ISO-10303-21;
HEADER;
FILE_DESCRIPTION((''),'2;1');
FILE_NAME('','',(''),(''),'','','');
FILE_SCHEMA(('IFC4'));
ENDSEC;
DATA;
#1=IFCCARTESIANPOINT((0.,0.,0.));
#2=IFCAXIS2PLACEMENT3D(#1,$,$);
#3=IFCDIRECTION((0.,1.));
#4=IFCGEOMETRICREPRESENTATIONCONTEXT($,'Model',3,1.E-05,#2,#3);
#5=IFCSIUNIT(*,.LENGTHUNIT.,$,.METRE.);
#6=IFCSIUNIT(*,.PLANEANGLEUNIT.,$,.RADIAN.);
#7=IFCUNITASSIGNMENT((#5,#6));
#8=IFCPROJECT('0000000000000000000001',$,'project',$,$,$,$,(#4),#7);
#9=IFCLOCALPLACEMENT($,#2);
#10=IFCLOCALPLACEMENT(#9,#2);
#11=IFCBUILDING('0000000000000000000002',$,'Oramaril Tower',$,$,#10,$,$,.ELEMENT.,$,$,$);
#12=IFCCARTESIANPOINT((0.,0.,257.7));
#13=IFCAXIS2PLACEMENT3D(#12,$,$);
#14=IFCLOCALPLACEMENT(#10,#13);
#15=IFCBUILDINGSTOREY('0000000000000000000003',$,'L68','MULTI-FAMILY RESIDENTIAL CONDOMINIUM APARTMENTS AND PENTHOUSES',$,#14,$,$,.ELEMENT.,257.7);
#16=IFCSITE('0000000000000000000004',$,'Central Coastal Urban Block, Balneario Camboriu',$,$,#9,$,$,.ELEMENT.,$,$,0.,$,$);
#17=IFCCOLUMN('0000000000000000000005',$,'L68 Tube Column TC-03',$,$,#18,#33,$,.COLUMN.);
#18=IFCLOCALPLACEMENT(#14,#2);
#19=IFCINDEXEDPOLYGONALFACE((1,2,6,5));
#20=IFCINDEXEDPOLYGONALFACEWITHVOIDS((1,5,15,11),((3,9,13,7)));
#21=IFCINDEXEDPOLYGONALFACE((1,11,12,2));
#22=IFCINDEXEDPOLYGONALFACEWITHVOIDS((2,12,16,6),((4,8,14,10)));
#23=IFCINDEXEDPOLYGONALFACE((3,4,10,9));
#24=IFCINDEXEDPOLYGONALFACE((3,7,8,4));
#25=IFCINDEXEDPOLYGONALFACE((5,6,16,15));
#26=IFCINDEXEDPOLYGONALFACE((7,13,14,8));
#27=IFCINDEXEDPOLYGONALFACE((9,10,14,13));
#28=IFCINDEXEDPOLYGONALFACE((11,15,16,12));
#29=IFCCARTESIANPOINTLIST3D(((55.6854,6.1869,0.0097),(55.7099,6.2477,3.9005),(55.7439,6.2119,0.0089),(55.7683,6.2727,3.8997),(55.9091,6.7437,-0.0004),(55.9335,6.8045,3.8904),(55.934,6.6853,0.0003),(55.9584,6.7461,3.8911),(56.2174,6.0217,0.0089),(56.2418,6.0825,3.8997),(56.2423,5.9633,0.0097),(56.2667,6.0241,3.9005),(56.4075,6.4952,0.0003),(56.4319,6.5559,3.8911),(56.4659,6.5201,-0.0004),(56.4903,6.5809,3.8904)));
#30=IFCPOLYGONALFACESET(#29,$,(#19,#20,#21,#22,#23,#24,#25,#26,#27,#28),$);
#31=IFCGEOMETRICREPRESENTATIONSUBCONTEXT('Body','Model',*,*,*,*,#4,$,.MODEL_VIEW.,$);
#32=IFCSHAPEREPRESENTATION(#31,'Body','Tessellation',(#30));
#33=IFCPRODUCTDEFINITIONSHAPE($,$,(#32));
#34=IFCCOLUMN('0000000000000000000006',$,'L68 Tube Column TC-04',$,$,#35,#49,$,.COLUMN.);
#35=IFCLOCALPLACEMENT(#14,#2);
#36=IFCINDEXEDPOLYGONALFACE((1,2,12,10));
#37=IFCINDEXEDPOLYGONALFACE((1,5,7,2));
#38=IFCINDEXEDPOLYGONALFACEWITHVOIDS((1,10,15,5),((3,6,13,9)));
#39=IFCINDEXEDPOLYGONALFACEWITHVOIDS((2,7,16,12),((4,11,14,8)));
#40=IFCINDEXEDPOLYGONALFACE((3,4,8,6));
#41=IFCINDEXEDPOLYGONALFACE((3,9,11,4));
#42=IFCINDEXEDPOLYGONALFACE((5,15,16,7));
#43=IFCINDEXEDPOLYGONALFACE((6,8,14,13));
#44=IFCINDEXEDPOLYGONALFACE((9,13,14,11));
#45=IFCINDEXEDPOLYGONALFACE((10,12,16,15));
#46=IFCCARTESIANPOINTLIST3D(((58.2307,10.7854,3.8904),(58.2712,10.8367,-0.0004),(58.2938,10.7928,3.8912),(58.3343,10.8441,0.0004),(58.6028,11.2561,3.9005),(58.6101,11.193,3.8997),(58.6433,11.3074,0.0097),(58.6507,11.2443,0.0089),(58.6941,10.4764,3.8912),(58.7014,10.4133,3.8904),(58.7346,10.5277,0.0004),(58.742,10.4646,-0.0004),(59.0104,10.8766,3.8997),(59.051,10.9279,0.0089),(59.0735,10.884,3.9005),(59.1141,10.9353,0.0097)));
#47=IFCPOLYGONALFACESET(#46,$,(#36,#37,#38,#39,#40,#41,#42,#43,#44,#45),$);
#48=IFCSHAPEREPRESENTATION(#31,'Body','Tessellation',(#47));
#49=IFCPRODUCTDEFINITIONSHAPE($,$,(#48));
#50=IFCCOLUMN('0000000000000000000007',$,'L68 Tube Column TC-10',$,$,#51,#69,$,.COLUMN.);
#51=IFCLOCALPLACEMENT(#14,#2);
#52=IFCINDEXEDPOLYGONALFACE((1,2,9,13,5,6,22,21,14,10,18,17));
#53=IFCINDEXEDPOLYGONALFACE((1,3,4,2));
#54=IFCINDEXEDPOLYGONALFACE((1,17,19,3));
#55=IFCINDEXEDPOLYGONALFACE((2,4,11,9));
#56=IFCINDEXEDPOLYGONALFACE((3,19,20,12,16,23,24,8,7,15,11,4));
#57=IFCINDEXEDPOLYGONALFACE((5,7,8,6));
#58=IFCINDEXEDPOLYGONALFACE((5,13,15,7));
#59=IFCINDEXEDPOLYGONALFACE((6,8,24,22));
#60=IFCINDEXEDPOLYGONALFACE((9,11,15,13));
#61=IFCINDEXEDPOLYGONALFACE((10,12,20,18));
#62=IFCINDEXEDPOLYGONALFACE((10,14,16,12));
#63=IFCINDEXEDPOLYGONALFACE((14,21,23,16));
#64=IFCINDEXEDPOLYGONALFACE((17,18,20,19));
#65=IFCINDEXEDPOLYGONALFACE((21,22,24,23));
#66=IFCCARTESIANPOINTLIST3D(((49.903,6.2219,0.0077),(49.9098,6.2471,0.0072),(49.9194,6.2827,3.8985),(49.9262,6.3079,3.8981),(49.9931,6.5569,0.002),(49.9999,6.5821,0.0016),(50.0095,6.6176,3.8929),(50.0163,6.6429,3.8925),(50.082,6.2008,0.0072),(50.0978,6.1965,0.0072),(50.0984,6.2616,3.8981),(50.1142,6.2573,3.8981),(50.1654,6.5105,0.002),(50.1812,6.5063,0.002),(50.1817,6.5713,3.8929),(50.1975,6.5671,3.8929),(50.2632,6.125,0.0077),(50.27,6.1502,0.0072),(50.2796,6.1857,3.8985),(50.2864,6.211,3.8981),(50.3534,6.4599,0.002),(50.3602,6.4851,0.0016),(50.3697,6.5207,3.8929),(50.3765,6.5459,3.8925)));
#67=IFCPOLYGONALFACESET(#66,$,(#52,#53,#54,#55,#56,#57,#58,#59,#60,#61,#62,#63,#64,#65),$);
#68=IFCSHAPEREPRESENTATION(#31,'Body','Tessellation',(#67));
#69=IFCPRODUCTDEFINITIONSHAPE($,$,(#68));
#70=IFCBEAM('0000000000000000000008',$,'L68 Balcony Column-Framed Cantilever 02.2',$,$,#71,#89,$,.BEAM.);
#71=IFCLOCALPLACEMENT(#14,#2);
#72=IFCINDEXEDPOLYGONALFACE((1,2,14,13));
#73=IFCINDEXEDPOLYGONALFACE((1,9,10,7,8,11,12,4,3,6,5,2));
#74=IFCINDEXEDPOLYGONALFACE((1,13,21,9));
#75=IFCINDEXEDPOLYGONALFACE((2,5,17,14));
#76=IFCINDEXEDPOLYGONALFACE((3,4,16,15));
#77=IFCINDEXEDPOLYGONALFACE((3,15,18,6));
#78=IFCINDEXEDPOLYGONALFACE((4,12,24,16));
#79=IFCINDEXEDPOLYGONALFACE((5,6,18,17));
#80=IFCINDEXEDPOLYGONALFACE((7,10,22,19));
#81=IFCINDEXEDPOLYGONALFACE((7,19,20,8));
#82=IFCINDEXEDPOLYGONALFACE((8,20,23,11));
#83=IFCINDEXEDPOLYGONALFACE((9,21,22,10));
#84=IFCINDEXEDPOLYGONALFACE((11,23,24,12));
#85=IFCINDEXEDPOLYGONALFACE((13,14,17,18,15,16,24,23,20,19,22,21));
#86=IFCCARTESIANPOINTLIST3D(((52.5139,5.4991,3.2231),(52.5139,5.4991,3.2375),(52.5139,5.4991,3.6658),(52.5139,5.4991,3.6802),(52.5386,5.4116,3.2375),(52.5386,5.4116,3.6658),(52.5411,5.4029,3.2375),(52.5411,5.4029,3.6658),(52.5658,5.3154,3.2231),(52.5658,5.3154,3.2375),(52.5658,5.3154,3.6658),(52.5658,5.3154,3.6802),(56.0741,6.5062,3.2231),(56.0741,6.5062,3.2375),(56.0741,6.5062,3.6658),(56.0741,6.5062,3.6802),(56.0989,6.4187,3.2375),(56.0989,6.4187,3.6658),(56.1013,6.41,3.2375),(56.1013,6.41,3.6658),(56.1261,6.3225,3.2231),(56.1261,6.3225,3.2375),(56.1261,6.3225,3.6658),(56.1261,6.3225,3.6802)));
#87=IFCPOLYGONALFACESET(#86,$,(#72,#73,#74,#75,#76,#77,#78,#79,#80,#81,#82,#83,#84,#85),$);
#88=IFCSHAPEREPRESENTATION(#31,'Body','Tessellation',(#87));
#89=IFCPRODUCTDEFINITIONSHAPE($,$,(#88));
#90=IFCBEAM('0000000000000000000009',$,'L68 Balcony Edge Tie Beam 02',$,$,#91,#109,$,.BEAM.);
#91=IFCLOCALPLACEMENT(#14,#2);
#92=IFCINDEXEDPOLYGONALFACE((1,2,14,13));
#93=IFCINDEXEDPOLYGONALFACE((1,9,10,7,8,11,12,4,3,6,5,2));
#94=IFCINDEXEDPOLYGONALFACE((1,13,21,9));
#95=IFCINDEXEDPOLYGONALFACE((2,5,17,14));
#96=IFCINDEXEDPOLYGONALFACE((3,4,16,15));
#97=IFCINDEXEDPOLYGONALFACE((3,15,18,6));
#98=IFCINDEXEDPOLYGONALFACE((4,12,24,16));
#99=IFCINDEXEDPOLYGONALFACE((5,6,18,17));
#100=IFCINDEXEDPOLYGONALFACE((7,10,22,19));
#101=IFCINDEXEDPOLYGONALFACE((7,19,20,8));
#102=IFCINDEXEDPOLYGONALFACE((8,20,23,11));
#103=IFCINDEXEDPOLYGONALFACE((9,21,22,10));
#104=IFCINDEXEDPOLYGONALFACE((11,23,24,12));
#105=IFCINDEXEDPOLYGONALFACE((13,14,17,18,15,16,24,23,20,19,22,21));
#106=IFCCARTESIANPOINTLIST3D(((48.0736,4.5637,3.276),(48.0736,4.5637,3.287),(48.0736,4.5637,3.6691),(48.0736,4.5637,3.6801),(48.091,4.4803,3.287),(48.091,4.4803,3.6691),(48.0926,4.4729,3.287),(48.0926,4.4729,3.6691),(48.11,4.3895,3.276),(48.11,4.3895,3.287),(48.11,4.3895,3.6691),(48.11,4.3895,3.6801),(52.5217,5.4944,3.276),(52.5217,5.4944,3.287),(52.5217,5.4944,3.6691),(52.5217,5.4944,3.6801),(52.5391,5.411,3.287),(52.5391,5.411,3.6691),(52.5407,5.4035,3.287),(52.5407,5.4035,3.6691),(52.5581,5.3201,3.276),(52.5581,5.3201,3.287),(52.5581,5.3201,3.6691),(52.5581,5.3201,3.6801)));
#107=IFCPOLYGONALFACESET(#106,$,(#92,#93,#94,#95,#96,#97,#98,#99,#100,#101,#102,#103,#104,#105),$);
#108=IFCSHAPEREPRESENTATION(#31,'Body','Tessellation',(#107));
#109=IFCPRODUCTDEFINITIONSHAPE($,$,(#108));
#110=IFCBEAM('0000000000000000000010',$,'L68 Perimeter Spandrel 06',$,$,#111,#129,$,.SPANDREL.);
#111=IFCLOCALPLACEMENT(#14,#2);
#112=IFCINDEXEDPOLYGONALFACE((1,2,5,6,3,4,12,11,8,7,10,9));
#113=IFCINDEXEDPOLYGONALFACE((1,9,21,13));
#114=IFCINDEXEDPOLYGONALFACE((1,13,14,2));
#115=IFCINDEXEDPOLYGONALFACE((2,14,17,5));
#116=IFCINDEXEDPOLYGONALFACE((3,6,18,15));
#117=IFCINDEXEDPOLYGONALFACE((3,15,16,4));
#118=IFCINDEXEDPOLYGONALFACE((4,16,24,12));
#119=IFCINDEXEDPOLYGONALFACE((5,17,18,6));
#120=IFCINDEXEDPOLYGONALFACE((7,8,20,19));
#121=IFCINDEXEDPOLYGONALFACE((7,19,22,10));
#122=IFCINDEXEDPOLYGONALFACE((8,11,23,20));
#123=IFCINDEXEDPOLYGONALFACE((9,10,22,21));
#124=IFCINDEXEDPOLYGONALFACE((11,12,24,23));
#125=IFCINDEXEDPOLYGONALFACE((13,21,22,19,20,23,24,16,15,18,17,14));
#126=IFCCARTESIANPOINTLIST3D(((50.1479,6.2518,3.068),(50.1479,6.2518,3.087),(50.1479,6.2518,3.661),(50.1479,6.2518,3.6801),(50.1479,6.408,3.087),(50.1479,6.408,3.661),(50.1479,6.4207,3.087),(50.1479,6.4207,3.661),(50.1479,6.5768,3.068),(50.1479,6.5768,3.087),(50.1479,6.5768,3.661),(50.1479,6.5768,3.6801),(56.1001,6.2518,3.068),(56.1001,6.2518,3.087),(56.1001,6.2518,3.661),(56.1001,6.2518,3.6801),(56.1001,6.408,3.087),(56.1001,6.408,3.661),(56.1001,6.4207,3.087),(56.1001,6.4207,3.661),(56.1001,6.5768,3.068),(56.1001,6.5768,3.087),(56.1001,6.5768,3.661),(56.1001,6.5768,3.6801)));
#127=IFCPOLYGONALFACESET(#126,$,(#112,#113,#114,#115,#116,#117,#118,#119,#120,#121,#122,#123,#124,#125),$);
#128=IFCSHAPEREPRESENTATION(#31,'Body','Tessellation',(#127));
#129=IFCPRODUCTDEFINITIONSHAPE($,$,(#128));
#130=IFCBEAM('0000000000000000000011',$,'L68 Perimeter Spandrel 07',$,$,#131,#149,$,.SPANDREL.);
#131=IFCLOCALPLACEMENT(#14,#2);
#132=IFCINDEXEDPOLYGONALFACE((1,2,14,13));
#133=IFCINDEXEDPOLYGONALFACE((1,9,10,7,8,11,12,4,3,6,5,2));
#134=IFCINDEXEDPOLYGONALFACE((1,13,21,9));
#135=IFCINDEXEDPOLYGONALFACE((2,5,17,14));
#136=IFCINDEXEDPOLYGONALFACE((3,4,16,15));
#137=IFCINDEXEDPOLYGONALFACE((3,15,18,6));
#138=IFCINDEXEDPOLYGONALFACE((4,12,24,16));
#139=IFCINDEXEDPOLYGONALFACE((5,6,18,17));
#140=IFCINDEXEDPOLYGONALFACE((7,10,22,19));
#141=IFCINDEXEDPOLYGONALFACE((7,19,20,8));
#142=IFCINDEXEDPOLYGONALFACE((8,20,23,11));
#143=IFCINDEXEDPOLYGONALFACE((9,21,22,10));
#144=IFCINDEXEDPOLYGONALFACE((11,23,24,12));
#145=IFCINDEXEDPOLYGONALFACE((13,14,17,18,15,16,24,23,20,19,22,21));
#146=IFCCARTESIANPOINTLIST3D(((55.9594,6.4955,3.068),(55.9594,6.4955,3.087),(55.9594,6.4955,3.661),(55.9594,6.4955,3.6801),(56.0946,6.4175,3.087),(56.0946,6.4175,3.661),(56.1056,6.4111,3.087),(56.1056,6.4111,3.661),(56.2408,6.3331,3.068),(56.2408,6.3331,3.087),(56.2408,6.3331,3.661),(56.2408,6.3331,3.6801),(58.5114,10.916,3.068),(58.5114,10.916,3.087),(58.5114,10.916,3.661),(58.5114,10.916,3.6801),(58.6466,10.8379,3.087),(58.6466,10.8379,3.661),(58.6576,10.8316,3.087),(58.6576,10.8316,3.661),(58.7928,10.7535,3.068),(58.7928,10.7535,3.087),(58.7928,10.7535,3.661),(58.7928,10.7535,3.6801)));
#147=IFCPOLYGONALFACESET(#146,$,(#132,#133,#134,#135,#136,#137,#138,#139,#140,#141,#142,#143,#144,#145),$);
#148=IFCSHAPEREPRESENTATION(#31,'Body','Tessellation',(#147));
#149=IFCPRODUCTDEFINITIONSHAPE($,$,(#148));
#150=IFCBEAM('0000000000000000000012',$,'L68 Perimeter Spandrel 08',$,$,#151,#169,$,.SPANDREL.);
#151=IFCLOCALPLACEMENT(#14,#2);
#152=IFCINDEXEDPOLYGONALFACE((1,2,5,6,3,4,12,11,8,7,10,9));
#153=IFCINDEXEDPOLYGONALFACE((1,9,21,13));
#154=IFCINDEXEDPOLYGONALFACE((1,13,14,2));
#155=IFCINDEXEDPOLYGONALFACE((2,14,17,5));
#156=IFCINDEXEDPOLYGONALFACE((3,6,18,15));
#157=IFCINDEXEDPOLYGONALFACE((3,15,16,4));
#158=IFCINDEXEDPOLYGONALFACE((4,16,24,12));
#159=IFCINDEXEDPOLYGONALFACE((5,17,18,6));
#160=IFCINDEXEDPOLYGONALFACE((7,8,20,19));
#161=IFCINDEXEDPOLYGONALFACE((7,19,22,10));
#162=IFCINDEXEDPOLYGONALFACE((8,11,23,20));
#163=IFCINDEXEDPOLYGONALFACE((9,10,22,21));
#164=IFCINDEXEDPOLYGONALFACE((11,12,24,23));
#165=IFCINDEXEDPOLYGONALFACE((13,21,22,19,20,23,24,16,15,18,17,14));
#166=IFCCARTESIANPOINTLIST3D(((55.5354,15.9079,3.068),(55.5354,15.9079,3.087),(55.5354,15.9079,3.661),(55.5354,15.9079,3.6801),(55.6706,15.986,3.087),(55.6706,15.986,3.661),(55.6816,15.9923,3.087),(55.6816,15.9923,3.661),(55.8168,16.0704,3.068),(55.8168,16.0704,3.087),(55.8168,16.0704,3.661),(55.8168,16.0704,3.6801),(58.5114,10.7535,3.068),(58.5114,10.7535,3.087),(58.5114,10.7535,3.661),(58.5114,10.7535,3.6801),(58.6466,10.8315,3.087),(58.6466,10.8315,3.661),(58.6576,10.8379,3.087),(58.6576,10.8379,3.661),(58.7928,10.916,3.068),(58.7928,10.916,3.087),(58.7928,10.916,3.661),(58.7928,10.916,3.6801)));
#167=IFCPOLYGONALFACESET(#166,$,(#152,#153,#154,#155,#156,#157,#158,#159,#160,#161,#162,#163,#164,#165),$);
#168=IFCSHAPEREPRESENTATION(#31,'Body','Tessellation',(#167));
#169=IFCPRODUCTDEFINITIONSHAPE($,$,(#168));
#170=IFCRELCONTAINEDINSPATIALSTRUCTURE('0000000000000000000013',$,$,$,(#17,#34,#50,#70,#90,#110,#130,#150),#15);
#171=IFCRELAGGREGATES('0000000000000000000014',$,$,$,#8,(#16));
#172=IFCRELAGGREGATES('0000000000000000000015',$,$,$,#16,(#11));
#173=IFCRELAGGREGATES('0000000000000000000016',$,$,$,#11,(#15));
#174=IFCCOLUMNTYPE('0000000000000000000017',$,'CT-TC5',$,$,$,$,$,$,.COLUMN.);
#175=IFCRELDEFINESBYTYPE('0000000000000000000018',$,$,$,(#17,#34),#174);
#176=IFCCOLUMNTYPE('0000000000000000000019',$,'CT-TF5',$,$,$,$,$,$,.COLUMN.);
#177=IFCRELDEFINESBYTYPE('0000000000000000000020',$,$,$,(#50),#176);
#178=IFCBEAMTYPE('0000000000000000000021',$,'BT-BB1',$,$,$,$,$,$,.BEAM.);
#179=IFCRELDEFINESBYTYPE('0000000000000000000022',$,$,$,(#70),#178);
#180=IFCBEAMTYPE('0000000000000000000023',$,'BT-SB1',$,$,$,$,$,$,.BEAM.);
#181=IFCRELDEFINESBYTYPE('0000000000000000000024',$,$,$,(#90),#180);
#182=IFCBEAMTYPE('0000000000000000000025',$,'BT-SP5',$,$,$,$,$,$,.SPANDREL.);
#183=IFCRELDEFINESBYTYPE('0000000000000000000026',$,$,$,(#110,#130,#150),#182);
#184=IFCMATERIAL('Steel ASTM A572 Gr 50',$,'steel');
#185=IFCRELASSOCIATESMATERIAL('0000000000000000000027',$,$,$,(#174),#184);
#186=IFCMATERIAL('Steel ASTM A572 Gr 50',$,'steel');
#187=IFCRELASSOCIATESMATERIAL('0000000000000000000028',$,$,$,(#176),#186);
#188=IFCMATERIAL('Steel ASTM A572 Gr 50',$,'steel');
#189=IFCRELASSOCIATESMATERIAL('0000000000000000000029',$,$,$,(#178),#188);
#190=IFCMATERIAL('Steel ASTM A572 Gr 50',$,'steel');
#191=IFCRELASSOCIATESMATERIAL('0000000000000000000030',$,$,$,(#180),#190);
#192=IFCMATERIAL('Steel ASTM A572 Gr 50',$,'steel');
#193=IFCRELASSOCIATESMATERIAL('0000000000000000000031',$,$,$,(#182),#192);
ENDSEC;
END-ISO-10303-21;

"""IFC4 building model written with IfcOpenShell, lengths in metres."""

from ifc_helpers import new_model, si_unit, direction, frame, origin, origin_2d, place, context, subcontext, project, spatial, hollow_rectangle, i_section, extrude, material, material_profile, profile_set, type_object, element, save


model = new_model("IFC4")

# Units and contexts
model_context = context("Model", 3, precision=1e-05, world=origin(), true_north=direction((0.0, 1.0)))
body_context = subcontext(model_context, "Body", "Model", "MODEL_VIEW")
ifc_project = project(units=[si_unit("LENGTHUNIT", "METRE"), si_unit("PLANEANGLEUNIT", "RADIAN")], contexts=[model_context])

# Site, building, storey
site_placement = place(None, origin())
site = spatial("IfcSite", under=ifc_project, at=site_placement, Name="Central Coastal Urban Block, Balneario Camboriu", CompositionType="ELEMENT", RefElevation=0.0)
building_placement = place(site_placement, origin())
building = spatial("IfcBuilding", under=site, at=building_placement, Name="Oramaril Tower", CompositionType="ELEMENT")
storey_placement = place(building_placement, frame((0.0, 0.0, 257.7)))
storey = spatial("IfcBuildingStorey", under=building, at=storey_placement, Name="L68", Description="MULTI-FAMILY RESIDENTIAL CONDOMINIUM APARTMENTS AND PENTHOUSES", CompositionType="ELEMENT", Elevation=257.7)

# Columns
ifc_material_1 = material(Name="Steel ASTM A572 Gr 50", Category="steel")
ifc_material_profile_1 = material_profile(ifc_material_1, hollow_rectangle(XDim=0.6001, YDim=0.6001, WallThickness=0.0449, at=origin_2d()), Name="BOX600X600X45")
ifc_profile_set_1 = profile_set([ifc_material_profile_1], Name="Steel ASTM A572 Gr 50")
column_type_1 = type_object("IfcColumnType", Name="CT-TC5", PredefinedType="COLUMN", material=ifc_profile_set_1)
for number, where, z_axis, x_axis, name in (
    (1, (56.0757, 6.3535, 0.0046), (0.006274, 0.015622, 0.999858), (-0.927962, 0.372675, 0.0), "L68 Tube Column TC-03"),
    (2, (58.6926, 10.886, 0.0046), (-0.010415, -0.013175, 0.999859), (0.7845, -0.620129, 0.0), "L68 Tube Column TC-04"),
):
    element("IfcColumn", number, at=place(storey_placement, frame(where, z_axis=z_axis, x_axis=x_axis)), inside=storey, type_object=column_type_1, Name=name, PredefinedType="COLUMN", context=body_context, shape_type="SweptSolid", body=[
        extrude(hollow_rectangle(XDim=0.6001, YDim=0.6001, WallThickness=0.0449, at=origin_2d()), origin(), (0.0, 0.0, 1.0), 3.8914),
    ])
ifc_material_2 = material(Name="Steel ASTM A572 Gr 50", Category="steel")
ifc_material_profile_2 = material_profile(ifc_material_2, i_section(OverallWidth=0.373, OverallDepth=0.373, WebThickness=0.0164, FlangeThickness=0.0261, at=origin_2d()), Name="W14X132")
ifc_profile_set_2 = profile_set([ifc_material_profile_2], Name="Steel ASTM A572 Gr 50")
column_type_2 = type_object("IfcColumnType", Name="CT-TF5", PredefinedType="COLUMN", material=ifc_profile_set_2)
column_placement = place(storey_placement, frame((50.1316, 6.3535, 0.0046), z_axis=(0.004204, 0.015622, 0.999869), x_axis=(-0.965653, 0.259834, 0.0)))
element("IfcColumn", 3, at=column_placement, inside=storey, type_object=column_type_2, Name="L68 Tube Column TC-10", PredefinedType="COLUMN", context=body_context, shape_type="SweptSolid", body=[
    extrude(i_section(OverallWidth=0.373, OverallDepth=0.373, WebThickness=0.0164, FlangeThickness=0.0261, at=origin_2d()), origin(), (0.0, 0.0, 1.0), 3.8914),
])

# Beams
ifc_material_3 = material(Name="Steel ASTM A572 Gr 50", Category="steel")
ifc_material_profile_3 = material_profile(ifc_material_3, i_section(OverallWidth=0.1909, OverallDepth=0.457, WebThickness=0.009, FlangeThickness=0.0144, at=origin_2d()), Name="W18X50")
ifc_profile_set_3 = profile_set([ifc_material_profile_3], Name="Steel ASTM A572 Gr 50")
beam_type_1 = type_object("IfcBeamType", Name="BT-BB1", PredefinedType="BEAM", material=ifc_profile_set_3)
beam_1_placement = place(storey_placement, frame((56.1001, 6.4143, 3.4517), z_axis=(-0.962245, -0.272184, 0.0), x_axis=(0.272184, -0.962245, 0.0)))
element("IfcBeam", 4, at=beam_1_placement, inside=storey, type_object=beam_type_1, Name="L68 Balcony Column-Framed Cantilever 02.2", PredefinedType="BEAM", context=body_context, shape_type="SweptSolid", body=[
    extrude(i_section(OverallWidth=0.1909, OverallDepth=0.457, WebThickness=0.009, FlangeThickness=0.0144, at=origin_2d()), origin(), (0.0, 0.0, 1.0), 3.7),
])
ifc_material_4 = material(Name="Steel ASTM A572 Gr 50", Category="steel")
ifc_material_profile_4 = material_profile(ifc_material_4, i_section(OverallWidth=0.178, OverallDepth=0.4041, WebThickness=0.0076, FlangeThickness=0.011, at=origin_2d()), Name="W16X36")
ifc_profile_set_4 = profile_set([ifc_material_profile_4], Name="Steel ASTM A572 Gr 50")
beam_type_2 = type_object("IfcBeamType", Name="BT-SB1", PredefinedType="BEAM", material=ifc_profile_set_4)
beam_2_placement = place(storey_placement, frame((48.0918, 4.4766, 3.478), z_axis=(0.978804, 0.204797, 0.0), x_axis=(-0.204797, 0.978804, 0.0)))
element("IfcBeam", 5, at=beam_2_placement, inside=storey, type_object=beam_type_2, Name="L68 Balcony Edge Tie Beam 02", PredefinedType="BEAM", context=body_context, shape_type="SweptSolid", body=[
    extrude(i_section(OverallWidth=0.178, OverallDepth=0.4041, WebThickness=0.0076, FlangeThickness=0.011, at=origin_2d()), origin(), (0.0, 0.0, 1.0), 4.5444),
])
ifc_material_5 = material(Name="Steel ASTM A572 Gr 50", Category="steel")
ifc_material_profile_5 = material_profile(ifc_material_5, i_section(OverallWidth=0.325, OverallDepth=0.6121, WebThickness=0.0127, FlangeThickness=0.019, at=origin_2d()), Name="W24X104")
ifc_profile_set_5 = profile_set([ifc_material_profile_5], Name="Steel ASTM A572 Gr 50")
beam_type_3 = type_object("IfcBeamType", Name="BT-SP5", PredefinedType="SPANDREL", material=ifc_profile_set_5)
beam_3_placement = place(storey_placement, frame((50.1479, 6.4143, 3.374), z_axis=(1.0, 0.0, 0.0), x_axis=(0.0, 1.0, 0.0)))
element("IfcBeam", 6, at=beam_3_placement, inside=storey, type_object=beam_type_3, Name="L68 Perimeter Spandrel 06", PredefinedType="SPANDREL", context=body_context, shape_type="SweptSolid", body=[
    extrude(i_section(OverallWidth=0.325, OverallDepth=0.6121, WebThickness=0.0127, FlangeThickness=0.019, at=origin_2d()), origin(), (0.0, 0.0, 1.0), 5.9521),
])
beam_4_placement = place(storey_placement, frame((56.1001, 6.4143, 3.374), z_axis=(0.499982, 0.866036, 0.0), x_axis=(-0.866036, 0.499982, 0.0)))
element("IfcBeam", 7, at=beam_4_placement, inside=storey, type_object=beam_type_3, Name="L68 Perimeter Spandrel 07", PredefinedType="SPANDREL", context=body_context, shape_type="SweptSolid", body=[
    extrude(i_section(OverallWidth=0.325, OverallDepth=0.6121, WebThickness=0.0127, FlangeThickness=0.019, at=origin_2d()), origin(), (0.0, 0.0, 1.0), 5.1042),
])
beam_5_placement = place(storey_placement, frame((58.6521, 10.8347, 3.374), z_axis=(-0.500012, 0.866018, 0.0), x_axis=(-0.866018, -0.500012, 0.0)))
element("IfcBeam", 8, at=beam_5_placement, inside=storey, type_object=beam_type_3, Name="L68 Perimeter Spandrel 08", PredefinedType="SPANDREL", context=body_context, shape_type="SweptSolid", body=[
    extrude(i_section(OverallWidth=0.325, OverallDepth=0.6121, WebThickness=0.0127, FlangeThickness=0.019, at=origin_2d()), origin(), (0.0, 0.0, 1.0), 5.9519),
])

save(model, "model.ifc")
